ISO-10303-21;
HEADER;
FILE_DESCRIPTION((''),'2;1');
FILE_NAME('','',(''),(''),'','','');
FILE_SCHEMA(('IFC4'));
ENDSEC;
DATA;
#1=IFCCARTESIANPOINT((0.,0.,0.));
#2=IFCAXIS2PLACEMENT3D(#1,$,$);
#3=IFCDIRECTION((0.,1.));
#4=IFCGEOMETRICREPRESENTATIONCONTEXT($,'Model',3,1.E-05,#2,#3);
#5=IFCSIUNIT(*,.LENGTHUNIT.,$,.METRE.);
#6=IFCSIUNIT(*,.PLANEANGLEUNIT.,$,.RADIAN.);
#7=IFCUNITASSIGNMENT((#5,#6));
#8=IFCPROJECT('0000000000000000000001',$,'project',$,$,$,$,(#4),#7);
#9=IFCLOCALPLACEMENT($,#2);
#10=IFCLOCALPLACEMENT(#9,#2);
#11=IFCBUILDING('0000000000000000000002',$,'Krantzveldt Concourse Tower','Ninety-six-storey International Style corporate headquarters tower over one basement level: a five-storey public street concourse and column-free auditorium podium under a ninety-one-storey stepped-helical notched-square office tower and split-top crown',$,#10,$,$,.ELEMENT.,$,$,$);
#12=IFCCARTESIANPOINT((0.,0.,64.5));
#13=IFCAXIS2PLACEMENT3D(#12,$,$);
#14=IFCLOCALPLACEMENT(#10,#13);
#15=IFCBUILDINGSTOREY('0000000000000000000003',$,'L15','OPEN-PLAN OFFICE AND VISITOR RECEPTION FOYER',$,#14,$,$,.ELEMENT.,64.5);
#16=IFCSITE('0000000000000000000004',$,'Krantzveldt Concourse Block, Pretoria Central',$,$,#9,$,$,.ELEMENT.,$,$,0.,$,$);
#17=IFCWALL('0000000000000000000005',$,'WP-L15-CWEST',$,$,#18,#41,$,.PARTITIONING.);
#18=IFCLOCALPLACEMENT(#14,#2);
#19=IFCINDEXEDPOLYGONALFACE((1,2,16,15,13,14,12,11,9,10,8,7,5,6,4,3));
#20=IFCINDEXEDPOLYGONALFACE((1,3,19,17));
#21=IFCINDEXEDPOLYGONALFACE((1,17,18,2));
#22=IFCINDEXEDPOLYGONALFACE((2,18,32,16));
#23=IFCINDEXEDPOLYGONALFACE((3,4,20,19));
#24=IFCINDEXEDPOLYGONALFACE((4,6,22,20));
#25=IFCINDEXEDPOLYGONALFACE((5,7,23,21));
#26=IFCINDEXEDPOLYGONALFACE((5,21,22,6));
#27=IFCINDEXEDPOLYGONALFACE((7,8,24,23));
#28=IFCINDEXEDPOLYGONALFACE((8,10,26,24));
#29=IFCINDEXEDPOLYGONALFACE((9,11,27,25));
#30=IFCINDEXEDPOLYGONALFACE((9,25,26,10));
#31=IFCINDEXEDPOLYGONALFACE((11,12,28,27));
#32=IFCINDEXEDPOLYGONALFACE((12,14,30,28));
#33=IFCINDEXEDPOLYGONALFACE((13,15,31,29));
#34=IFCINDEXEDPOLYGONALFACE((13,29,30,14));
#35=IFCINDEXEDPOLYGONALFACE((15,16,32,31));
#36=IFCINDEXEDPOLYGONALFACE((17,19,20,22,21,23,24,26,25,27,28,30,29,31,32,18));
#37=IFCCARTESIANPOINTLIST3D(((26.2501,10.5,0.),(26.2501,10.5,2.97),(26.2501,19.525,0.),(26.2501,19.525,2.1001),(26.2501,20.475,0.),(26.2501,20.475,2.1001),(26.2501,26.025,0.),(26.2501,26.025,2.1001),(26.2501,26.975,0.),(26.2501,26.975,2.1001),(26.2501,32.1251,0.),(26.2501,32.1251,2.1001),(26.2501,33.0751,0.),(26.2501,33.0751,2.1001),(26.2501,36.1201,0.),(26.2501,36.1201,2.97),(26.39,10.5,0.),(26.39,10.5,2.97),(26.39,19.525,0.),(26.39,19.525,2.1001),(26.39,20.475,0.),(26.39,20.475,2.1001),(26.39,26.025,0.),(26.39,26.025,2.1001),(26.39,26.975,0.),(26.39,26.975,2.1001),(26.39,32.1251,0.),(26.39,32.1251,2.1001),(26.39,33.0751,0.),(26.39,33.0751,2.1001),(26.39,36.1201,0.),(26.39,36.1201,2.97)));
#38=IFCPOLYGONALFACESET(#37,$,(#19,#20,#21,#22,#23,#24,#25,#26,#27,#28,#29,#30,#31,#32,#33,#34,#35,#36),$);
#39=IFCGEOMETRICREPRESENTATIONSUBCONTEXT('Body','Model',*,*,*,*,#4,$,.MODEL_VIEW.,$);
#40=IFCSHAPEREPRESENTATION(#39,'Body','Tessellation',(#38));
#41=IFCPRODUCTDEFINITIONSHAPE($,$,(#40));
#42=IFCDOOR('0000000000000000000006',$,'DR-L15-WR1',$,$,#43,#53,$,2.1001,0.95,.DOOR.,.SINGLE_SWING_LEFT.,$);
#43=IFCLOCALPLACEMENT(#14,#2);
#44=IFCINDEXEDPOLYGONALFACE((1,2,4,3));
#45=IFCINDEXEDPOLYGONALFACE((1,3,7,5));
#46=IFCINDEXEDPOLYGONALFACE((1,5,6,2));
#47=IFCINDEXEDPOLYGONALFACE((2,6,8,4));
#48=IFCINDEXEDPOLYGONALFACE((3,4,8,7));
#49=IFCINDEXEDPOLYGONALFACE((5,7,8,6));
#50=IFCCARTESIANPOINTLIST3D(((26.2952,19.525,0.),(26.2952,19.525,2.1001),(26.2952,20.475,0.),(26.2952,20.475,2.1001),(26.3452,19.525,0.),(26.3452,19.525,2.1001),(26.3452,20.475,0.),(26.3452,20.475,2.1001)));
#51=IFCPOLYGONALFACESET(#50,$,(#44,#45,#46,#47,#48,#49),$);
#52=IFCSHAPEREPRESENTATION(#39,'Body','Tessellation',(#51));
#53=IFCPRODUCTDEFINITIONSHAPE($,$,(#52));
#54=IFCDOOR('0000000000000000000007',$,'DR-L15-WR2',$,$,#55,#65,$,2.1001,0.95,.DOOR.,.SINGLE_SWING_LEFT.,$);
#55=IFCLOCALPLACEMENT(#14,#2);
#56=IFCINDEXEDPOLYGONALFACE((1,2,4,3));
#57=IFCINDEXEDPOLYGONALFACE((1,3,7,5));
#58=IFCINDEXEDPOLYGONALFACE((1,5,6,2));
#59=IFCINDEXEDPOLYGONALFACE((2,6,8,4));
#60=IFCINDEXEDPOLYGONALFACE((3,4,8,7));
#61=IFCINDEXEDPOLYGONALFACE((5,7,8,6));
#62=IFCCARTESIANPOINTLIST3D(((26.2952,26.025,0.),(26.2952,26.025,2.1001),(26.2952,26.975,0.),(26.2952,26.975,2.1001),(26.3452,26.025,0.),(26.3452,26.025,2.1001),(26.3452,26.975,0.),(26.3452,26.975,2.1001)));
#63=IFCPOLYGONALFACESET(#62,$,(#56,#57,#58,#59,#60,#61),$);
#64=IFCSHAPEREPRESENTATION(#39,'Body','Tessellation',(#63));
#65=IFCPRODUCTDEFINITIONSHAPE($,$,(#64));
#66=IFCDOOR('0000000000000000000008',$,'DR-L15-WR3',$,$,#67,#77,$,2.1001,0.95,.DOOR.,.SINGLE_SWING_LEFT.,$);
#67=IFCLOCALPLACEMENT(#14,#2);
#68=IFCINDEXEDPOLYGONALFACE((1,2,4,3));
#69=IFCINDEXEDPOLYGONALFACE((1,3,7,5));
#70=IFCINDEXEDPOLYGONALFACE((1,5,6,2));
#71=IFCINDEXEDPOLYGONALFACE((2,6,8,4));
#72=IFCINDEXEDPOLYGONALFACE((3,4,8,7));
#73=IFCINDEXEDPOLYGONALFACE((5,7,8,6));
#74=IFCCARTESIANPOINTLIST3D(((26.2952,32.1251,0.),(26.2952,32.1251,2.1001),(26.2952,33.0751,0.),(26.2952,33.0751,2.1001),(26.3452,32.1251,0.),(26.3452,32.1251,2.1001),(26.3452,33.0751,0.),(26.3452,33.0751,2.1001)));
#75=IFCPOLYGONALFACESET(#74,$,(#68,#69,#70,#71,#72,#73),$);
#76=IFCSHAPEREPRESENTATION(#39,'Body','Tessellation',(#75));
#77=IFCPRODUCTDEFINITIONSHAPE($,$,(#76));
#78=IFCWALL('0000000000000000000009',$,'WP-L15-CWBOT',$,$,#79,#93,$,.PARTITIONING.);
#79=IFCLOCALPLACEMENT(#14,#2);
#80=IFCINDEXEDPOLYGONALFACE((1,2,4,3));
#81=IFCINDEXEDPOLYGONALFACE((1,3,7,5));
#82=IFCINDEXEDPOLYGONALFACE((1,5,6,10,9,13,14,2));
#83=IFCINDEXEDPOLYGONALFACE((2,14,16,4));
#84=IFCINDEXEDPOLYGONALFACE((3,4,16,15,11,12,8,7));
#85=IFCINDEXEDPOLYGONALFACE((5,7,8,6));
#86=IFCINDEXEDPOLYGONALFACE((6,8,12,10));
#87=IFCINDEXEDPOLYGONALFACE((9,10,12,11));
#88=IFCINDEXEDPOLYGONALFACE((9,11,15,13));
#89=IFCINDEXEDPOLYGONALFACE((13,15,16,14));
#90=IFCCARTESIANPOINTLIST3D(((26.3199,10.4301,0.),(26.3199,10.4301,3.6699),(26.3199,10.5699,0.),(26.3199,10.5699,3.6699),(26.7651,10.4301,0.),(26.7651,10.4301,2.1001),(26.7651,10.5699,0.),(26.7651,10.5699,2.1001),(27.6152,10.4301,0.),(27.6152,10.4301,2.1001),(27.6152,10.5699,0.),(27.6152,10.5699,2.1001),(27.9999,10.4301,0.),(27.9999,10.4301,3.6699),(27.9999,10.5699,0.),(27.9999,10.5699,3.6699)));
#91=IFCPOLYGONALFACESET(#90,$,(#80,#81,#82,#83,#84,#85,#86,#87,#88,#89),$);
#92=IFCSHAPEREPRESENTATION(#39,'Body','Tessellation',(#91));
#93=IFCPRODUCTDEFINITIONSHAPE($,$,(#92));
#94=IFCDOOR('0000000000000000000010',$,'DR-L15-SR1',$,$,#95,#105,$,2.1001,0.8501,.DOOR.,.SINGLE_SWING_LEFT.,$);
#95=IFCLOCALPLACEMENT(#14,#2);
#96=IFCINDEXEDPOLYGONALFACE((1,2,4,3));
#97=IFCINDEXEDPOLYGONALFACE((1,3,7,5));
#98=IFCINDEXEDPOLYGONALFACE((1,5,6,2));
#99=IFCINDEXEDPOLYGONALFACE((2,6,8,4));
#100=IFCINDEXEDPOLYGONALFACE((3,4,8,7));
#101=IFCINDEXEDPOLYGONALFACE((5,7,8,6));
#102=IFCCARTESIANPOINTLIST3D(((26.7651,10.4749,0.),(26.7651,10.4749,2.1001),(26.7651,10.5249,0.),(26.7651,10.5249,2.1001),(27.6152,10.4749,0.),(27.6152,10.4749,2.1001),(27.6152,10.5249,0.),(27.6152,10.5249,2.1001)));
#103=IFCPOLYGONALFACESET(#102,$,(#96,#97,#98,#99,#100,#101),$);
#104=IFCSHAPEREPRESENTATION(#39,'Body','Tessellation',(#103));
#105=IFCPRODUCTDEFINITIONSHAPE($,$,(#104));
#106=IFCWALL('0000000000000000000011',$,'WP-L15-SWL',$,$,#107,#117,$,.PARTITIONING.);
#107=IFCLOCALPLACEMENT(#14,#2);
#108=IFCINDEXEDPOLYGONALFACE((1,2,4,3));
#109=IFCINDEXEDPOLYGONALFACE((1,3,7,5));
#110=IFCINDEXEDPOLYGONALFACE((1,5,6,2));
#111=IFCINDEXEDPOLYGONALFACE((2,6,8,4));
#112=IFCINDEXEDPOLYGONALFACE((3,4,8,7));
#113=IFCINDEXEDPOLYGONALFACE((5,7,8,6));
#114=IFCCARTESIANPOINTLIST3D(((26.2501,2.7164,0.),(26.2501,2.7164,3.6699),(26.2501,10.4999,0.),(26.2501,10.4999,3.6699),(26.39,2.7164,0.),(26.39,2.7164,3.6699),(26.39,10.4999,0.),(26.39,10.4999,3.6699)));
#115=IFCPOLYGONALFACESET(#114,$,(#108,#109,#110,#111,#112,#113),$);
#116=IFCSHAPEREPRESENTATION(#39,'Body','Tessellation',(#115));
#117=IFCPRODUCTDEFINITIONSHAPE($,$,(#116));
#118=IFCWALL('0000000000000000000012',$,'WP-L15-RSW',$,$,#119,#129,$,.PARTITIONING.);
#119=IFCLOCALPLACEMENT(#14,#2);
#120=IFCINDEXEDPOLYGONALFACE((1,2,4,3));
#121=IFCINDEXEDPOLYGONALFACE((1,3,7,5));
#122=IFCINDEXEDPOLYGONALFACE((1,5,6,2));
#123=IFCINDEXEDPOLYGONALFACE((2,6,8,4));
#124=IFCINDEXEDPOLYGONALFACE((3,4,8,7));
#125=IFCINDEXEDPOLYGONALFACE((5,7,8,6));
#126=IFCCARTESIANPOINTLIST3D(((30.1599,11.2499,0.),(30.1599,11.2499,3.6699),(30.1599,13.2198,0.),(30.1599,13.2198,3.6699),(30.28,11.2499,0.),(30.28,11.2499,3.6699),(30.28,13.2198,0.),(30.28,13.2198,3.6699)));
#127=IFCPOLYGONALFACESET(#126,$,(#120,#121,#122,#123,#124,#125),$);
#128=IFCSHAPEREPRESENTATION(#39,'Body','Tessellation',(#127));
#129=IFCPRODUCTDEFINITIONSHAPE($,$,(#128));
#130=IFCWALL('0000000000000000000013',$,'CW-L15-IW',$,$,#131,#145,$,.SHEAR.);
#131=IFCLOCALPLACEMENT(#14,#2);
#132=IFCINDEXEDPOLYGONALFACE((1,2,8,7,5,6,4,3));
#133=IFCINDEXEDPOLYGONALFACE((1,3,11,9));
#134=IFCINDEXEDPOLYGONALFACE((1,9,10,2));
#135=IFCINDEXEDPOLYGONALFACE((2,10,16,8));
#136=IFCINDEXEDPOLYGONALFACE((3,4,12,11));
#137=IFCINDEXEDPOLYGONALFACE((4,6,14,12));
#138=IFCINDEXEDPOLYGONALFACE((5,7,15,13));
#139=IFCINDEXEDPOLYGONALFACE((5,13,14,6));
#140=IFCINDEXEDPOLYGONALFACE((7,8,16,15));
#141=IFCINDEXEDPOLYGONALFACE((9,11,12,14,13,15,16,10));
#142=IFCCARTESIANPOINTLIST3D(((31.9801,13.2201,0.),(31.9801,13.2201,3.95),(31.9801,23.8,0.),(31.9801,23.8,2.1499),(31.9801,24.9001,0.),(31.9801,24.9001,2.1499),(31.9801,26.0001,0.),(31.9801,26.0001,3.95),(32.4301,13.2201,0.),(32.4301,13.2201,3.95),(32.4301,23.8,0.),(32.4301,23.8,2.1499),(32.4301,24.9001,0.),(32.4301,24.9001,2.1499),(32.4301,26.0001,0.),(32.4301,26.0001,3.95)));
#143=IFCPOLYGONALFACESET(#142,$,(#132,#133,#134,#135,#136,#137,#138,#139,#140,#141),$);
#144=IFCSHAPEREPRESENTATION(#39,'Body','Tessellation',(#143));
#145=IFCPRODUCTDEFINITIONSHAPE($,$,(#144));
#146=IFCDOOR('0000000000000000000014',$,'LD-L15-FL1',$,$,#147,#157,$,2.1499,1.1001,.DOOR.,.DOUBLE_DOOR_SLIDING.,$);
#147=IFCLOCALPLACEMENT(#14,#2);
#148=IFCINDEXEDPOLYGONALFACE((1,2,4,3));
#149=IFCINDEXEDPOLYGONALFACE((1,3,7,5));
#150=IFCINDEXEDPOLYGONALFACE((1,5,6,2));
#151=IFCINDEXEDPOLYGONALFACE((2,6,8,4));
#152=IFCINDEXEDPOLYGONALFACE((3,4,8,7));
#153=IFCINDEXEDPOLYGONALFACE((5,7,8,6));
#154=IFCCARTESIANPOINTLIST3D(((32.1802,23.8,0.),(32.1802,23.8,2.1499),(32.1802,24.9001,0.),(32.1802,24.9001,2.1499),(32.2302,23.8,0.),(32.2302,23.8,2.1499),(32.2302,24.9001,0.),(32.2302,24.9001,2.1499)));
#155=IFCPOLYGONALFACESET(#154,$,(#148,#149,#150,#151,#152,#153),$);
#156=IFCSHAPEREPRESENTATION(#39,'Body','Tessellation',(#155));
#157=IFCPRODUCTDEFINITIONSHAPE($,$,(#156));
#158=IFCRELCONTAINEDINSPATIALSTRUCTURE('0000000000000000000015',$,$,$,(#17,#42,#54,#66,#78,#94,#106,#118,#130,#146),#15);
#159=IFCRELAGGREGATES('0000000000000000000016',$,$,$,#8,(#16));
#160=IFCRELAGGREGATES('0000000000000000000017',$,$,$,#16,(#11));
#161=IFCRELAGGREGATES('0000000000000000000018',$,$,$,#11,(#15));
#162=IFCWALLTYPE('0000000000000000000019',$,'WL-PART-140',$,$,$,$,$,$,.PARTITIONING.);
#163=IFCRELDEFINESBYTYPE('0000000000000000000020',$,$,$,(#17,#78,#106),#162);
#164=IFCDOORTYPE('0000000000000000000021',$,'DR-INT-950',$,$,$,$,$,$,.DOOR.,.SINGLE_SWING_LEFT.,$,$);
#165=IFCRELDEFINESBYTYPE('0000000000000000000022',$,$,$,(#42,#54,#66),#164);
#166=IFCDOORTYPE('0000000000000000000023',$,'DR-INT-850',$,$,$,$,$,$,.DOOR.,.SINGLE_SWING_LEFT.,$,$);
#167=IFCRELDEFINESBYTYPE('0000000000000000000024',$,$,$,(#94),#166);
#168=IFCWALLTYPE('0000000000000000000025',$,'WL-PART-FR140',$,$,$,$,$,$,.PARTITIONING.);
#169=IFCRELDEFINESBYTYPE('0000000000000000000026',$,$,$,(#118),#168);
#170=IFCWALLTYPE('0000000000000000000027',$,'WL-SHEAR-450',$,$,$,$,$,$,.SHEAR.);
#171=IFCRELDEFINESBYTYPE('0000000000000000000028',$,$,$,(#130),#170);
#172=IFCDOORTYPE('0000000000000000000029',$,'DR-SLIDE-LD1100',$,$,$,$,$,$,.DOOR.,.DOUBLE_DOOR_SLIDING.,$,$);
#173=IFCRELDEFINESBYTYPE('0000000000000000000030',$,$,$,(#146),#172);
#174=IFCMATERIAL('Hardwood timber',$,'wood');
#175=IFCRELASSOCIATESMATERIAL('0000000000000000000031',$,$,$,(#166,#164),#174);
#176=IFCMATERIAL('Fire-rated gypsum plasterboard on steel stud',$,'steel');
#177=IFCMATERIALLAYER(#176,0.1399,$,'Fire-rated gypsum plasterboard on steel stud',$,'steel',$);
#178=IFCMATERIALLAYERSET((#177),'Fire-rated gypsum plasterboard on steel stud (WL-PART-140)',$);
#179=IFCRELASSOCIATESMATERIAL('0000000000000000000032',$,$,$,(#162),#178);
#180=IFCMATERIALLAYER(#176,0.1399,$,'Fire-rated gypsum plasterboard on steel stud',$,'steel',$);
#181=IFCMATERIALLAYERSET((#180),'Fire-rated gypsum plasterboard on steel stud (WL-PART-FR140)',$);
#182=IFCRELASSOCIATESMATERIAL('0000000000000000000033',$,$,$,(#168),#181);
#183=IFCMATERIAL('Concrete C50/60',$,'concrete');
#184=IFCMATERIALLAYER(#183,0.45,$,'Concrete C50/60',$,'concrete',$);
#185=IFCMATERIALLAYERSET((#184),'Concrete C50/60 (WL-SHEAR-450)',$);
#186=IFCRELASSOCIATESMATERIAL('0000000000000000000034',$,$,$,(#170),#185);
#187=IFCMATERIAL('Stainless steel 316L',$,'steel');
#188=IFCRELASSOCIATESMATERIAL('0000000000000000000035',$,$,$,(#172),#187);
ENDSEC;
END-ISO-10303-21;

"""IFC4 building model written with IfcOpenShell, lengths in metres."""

from ifc_helpers import new_model, si_unit, direction, frame, frame_2d, origin, place, context, subcontext, project, spatial, rectangle, extrude, material, layer, layer_set, type_object, element, fill, save


model = new_model("IFC4")

# Units and contexts
model_context = context("Model", 3, precision=1e-05, world=origin(), true_north=direction((0.0, 1.0)))
body_context = subcontext(model_context, "Body", "Model", "MODEL_VIEW")
ifc_project = project(units=[si_unit("LENGTHUNIT", "METRE"), si_unit("PLANEANGLEUNIT", "RADIAN")], contexts=[model_context])

# Site, building, storey
site_placement = place(None, origin())
site = spatial("IfcSite", under=ifc_project, at=site_placement, Name="Krantzveldt Concourse Block, Pretoria Central", CompositionType="ELEMENT", RefElevation=0.0)
building_placement = place(site_placement, origin())
building = spatial("IfcBuilding", under=site, at=building_placement, Name="Krantzveldt Concourse Tower", Description="Ninety-six-storey International Style corporate headquarters tower over one basement level: a five-storey public street concourse and column-free auditorium podium under a ninety-one-storey stepped-helical notched-square office tower and split-top crown", CompositionType="ELEMENT")
storey_placement = place(building_placement, frame((0.0, 0.0, 64.5)))
storey = spatial("IfcBuildingStorey", under=building, at=storey_placement, Name="L15", Description="OPEN-PLAN OFFICE AND VISITOR RECEPTION FOYER", CompositionType="ELEMENT", Elevation=64.5)

# Shared definitions
ifc_material_1 = material(Name="Fire-rated gypsum plasterboard on steel stud", Category="steel")
ifc_material_2 = material(Name="Hardwood timber", Category="wood")
door_type_1 = type_object("IfcDoorType", Name="DR-INT-850", OperationType="SINGLE_SWING_LEFT", PredefinedType="DOOR", material=ifc_material_2)

# Wall, openings, doors
ifc_layer_1 = layer(ifc_material_1, 0.1399, Name="Fire-rated gypsum plasterboard on steel stud", Category="steel")
ifc_layer_set_1 = layer_set([ifc_layer_1], Name="Fire-rated gypsum plasterboard on steel stud (WL-PART-140)")
wall_type_1 = type_object("IfcWallType", Name="WL-PART-140", PredefinedType="PARTITIONING", material=ifc_layer_set_1)
wall_1_placement = place(storey_placement, frame((26.3201, 10.5, 0.0), z_axis=(0.0, 0.0, 1.0), x_axis=(0.0, 1.0, 0.0)))
wall_1 = element("IfcWall", 1, at=wall_1_placement, inside=storey, type_object=wall_type_1, Name="WP-L15-CWEST", PredefinedType="PARTITIONING", context=body_context, shape_type="SweptSolid", body=[
    extrude(rectangle(XDim=25.6201, YDim=0.1399, at=frame_2d((12.8101, 0.0))), origin(), (0.0, 0.0, 1.0), 2.97),
])
opening_1_placement = place(wall_1_placement, frame((9.0249, 0.0, 0.0)))
opening_1 = element("IfcOpeningElement", 2, at=opening_1_placement, cuts=wall_1, PredefinedType="OPENING", context=body_context, shape_type="SweptSolid", body=[
    extrude(rectangle(XDim=0.95, YDim=2.1001, at=frame_2d((0.4751, 1.05))), frame((0.0, 0.0801, 0.0), z_axis=(0.0, -1.0, 0.0), x_axis=(1.0, 0.0, 0.0)), (0.0, 0.0, 1.0), 0.1599),
])
opening_2_placement = place(wall_1_placement, frame((15.5249, 0.0, 0.0)))
opening_2 = element("IfcOpeningElement", 3, at=opening_2_placement, cuts=wall_1, PredefinedType="OPENING", context=body_context, shape_type="SweptSolid", body=[
    extrude(rectangle(XDim=0.95, YDim=2.1001, at=frame_2d((0.4751, 1.05))), frame((0.0, 0.0801, 0.0), z_axis=(0.0, -1.0, 0.0), x_axis=(1.0, 0.0, 0.0)), (0.0, 0.0, 1.0), 0.1599),
])
opening_3_placement = place(wall_1_placement, frame((21.625, 0.0, 0.0)))
opening_3 = element("IfcOpeningElement", 4, at=opening_3_placement, cuts=wall_1, PredefinedType="OPENING", context=body_context, shape_type="SweptSolid", body=[
    extrude(rectangle(XDim=0.95, YDim=2.1001, at=frame_2d((0.4751, 1.05))), frame((0.0, 0.0801, 0.0), z_axis=(0.0, -1.0, 0.0), x_axis=(1.0, 0.0, 0.0)), (0.0, 0.0, 1.0), 0.1599),
])
door_type_2 = type_object("IfcDoorType", Name="DR-INT-950", OperationType="SINGLE_SWING_LEFT", PredefinedType="DOOR", material=ifc_material_2)
door_1_placement = place(opening_1_placement, origin())
door_1 = element("IfcDoor", 5, at=door_1_placement, inside=storey, type_object=door_type_2, Name="DR-L15-WR1", OperationType="SINGLE_SWING_LEFT", OverallHeight=2.1001, OverallWidth=0.95, PredefinedType="DOOR", context=body_context, shape_type="SweptSolid", body=[
    extrude(rectangle(XDim=0.95, YDim=2.1001, at=frame_2d((0.4751, 1.05))), frame((0.0, 0.0249, 0.0), z_axis=(0.0, -1.0, 0.0), x_axis=(1.0, 0.0, 0.0)), (0.0, 0.0, 1.0), 0.05),
])
fill(opening_1, door_1)
door_2_placement = place(opening_2_placement, origin())
door_2 = element("IfcDoor", 6, at=door_2_placement, inside=storey, type_object=door_type_2, Name="DR-L15-WR2", OperationType="SINGLE_SWING_LEFT", OverallHeight=2.1001, OverallWidth=0.95, PredefinedType="DOOR", context=body_context, shape_type="SweptSolid", body=[
    extrude(rectangle(XDim=0.95, YDim=2.1001, at=frame_2d((0.4751, 1.05))), frame((0.0, 0.0249, 0.0), z_axis=(0.0, -1.0, 0.0), x_axis=(1.0, 0.0, 0.0)), (0.0, 0.0, 1.0), 0.05),
])
fill(opening_2, door_2)
door_3_placement = place(opening_3_placement, origin())
door_3 = element("IfcDoor", 7, at=door_3_placement, inside=storey, type_object=door_type_2, Name="DR-L15-WR3", OperationType="SINGLE_SWING_LEFT", OverallHeight=2.1001, OverallWidth=0.95, PredefinedType="DOOR", context=body_context, shape_type="SweptSolid", body=[
    extrude(rectangle(XDim=0.95, YDim=2.1001, at=frame_2d((0.4751, 1.05))), frame((0.0, 0.0249, 0.0), z_axis=(0.0, -1.0, 0.0), x_axis=(1.0, 0.0, 0.0)), (0.0, 0.0, 1.0), 0.05),
])
fill(opening_3, door_3)

# Wall, opening, door
wall_2_placement = place(storey_placement, frame((26.3201, 10.5, 0.0), z_axis=(0.0, 0.0, 1.0), x_axis=(1.0, 0.0, 0.0)))
wall_2 = element("IfcWall", 8, at=wall_2_placement, inside=storey, type_object=wall_type_1, Name="WP-L15-CWBOT", PredefinedType="PARTITIONING", context=body_context, shape_type="SweptSolid", body=[
    extrude(rectangle(XDim=1.6799, YDim=0.1399, at=frame_2d((0.8398, 0.0))), origin(), (0.0, 0.0, 1.0), 3.6699),
])
opening_4_placement = place(wall_2_placement, frame((0.4451, 0.0, 0.0)))
opening_4 = element("IfcOpeningElement", 9, at=opening_4_placement, cuts=wall_2, PredefinedType="OPENING", context=body_context, shape_type="SweptSolid", body=[
    extrude(rectangle(XDim=0.8501, YDim=2.1001, at=frame_2d((0.425, 1.05))), frame((0.0, 0.0801, 0.0), z_axis=(0.0, -1.0, 0.0), x_axis=(1.0, 0.0, 0.0)), (0.0, 0.0, 1.0), 0.1599),
])
door_4_placement = place(opening_4_placement, origin())
door_4 = element("IfcDoor", 10, at=door_4_placement, inside=storey, type_object=door_type_1, Name="DR-L15-SR1", OperationType="SINGLE_SWING_LEFT", OverallHeight=2.1001, OverallWidth=0.8501, PredefinedType="DOOR", context=body_context, shape_type="SweptSolid", body=[
    extrude(rectangle(XDim=0.8501, YDim=2.1001, at=frame_2d((0.425, 1.05))), frame((0.0, 0.0249, 0.0), z_axis=(0.0, -1.0, 0.0), x_axis=(1.0, 0.0, 0.0)), (0.0, 0.0, 1.0), 0.05),
])
fill(opening_4, door_4)

# Walls
wall_3_placement = place(storey_placement, frame((26.3201, 2.7166, 0.0), z_axis=(0.0, 0.0, 1.0), x_axis=(0.0, 1.0, 0.0)))
element("IfcWall", 11, at=wall_3_placement, inside=storey, type_object=wall_type_1, Name="WP-L15-SWL", PredefinedType="PARTITIONING", context=body_context, shape_type="SweptSolid", body=[
    extrude(rectangle(XDim=7.7834, YDim=0.1399, at=frame_2d((3.8916, 0.0))), origin(), (0.0, 0.0, 1.0), 3.6699),
])
ifc_layer_2 = layer(ifc_material_1, 0.1399, Name="Fire-rated gypsum plasterboard on steel stud", Category="steel")
ifc_layer_set_2 = layer_set([ifc_layer_2], Name="Fire-rated gypsum plasterboard on steel stud (WL-PART-FR140)")
wall_type_2 = type_object("IfcWallType", Name="WL-PART-FR140", PredefinedType="PARTITIONING", material=ifc_layer_set_2)
wall_4_placement = place(storey_placement, frame((30.22, 11.25, 0.0), z_axis=(0.0, 0.0, 1.0), x_axis=(0.0, 1.0, 0.0)))
element("IfcWall", 12, at=wall_4_placement, inside=storey, type_object=wall_type_2, Name="WP-L15-RSW", PredefinedType="PARTITIONING", context=body_context, shape_type="SweptSolid", body=[
    extrude(rectangle(XDim=1.97, YDim=0.1201, at=frame_2d((0.9849, 0.0))), origin(), (0.0, 0.0, 1.0), 3.6699),
])

# Wall, opening, door
ifc_material_3 = material(Name="Concrete C50/60", Category="concrete")
ifc_layer_3 = layer(ifc_material_3, 0.45, Name="Concrete C50/60", Category="concrete")
ifc_layer_set_3 = layer_set([ifc_layer_3], Name="Concrete C50/60 (WL-SHEAR-450)")
wall_type_3 = type_object("IfcWallType", Name="WL-SHEAR-450", PredefinedType="SHEAR", material=ifc_layer_set_3)
wall_5_placement = place(storey_placement, frame((32.2051, 13.22, 0.0), z_axis=(0.0, 0.0, 1.0), x_axis=(0.0, 1.0, 0.0)))
wall_5 = element("IfcWall", 13, at=wall_5_placement, inside=storey, type_object=wall_type_3, Name="CW-L15-IW", PredefinedType="SHEAR", context=body_context, shape_type="SweptSolid", body=[
    extrude(rectangle(XDim=12.78, YDim=0.45, at=frame_2d((6.3901, 0.0))), origin(), (0.0, 0.0, 1.0), 3.95),
])
opening_5_placement = place(wall_5_placement, frame((10.5801, 0.0, 0.0)))
opening_5 = element("IfcOpeningElement", 14, at=opening_5_placement, cuts=wall_5, PredefinedType="OPENING", context=body_context, shape_type="SweptSolid", body=[
    extrude(rectangle(XDim=1.1001, YDim=2.1499, at=frame_2d((0.55, 1.075))), frame((0.0, 0.2349, 0.0), z_axis=(0.0, -1.0, 0.0), x_axis=(1.0, 0.0, 0.0)), (0.0, 0.0, 1.0), 0.47),
])
ifc_material_4 = material(Name="Stainless steel 316L", Category="steel")
door_type_3 = type_object("IfcDoorType", Name="DR-SLIDE-LD1100", OperationType="DOUBLE_DOOR_SLIDING", PredefinedType="DOOR", material=ifc_material_4)
door_5_placement = place(opening_5_placement, origin())
door_5 = element("IfcDoor", 15, at=door_5_placement, inside=storey, type_object=door_type_3, Name="LD-L15-FL1", OperationType="DOUBLE_DOOR_SLIDING", OverallHeight=2.1499, OverallWidth=1.1001, PredefinedType="DOOR", context=body_context, shape_type="SweptSolid", body=[
    extrude(rectangle(XDim=1.1001, YDim=2.1499, at=frame_2d((0.55, 1.075))), frame((0.0, 0.0249, 0.0), z_axis=(0.0, -1.0, 0.0), x_axis=(1.0, 0.0, 0.0)), (0.0, 0.0, 1.0), 0.05),
])
fill(opening_5, door_5)

save(model, "model.ifc")
